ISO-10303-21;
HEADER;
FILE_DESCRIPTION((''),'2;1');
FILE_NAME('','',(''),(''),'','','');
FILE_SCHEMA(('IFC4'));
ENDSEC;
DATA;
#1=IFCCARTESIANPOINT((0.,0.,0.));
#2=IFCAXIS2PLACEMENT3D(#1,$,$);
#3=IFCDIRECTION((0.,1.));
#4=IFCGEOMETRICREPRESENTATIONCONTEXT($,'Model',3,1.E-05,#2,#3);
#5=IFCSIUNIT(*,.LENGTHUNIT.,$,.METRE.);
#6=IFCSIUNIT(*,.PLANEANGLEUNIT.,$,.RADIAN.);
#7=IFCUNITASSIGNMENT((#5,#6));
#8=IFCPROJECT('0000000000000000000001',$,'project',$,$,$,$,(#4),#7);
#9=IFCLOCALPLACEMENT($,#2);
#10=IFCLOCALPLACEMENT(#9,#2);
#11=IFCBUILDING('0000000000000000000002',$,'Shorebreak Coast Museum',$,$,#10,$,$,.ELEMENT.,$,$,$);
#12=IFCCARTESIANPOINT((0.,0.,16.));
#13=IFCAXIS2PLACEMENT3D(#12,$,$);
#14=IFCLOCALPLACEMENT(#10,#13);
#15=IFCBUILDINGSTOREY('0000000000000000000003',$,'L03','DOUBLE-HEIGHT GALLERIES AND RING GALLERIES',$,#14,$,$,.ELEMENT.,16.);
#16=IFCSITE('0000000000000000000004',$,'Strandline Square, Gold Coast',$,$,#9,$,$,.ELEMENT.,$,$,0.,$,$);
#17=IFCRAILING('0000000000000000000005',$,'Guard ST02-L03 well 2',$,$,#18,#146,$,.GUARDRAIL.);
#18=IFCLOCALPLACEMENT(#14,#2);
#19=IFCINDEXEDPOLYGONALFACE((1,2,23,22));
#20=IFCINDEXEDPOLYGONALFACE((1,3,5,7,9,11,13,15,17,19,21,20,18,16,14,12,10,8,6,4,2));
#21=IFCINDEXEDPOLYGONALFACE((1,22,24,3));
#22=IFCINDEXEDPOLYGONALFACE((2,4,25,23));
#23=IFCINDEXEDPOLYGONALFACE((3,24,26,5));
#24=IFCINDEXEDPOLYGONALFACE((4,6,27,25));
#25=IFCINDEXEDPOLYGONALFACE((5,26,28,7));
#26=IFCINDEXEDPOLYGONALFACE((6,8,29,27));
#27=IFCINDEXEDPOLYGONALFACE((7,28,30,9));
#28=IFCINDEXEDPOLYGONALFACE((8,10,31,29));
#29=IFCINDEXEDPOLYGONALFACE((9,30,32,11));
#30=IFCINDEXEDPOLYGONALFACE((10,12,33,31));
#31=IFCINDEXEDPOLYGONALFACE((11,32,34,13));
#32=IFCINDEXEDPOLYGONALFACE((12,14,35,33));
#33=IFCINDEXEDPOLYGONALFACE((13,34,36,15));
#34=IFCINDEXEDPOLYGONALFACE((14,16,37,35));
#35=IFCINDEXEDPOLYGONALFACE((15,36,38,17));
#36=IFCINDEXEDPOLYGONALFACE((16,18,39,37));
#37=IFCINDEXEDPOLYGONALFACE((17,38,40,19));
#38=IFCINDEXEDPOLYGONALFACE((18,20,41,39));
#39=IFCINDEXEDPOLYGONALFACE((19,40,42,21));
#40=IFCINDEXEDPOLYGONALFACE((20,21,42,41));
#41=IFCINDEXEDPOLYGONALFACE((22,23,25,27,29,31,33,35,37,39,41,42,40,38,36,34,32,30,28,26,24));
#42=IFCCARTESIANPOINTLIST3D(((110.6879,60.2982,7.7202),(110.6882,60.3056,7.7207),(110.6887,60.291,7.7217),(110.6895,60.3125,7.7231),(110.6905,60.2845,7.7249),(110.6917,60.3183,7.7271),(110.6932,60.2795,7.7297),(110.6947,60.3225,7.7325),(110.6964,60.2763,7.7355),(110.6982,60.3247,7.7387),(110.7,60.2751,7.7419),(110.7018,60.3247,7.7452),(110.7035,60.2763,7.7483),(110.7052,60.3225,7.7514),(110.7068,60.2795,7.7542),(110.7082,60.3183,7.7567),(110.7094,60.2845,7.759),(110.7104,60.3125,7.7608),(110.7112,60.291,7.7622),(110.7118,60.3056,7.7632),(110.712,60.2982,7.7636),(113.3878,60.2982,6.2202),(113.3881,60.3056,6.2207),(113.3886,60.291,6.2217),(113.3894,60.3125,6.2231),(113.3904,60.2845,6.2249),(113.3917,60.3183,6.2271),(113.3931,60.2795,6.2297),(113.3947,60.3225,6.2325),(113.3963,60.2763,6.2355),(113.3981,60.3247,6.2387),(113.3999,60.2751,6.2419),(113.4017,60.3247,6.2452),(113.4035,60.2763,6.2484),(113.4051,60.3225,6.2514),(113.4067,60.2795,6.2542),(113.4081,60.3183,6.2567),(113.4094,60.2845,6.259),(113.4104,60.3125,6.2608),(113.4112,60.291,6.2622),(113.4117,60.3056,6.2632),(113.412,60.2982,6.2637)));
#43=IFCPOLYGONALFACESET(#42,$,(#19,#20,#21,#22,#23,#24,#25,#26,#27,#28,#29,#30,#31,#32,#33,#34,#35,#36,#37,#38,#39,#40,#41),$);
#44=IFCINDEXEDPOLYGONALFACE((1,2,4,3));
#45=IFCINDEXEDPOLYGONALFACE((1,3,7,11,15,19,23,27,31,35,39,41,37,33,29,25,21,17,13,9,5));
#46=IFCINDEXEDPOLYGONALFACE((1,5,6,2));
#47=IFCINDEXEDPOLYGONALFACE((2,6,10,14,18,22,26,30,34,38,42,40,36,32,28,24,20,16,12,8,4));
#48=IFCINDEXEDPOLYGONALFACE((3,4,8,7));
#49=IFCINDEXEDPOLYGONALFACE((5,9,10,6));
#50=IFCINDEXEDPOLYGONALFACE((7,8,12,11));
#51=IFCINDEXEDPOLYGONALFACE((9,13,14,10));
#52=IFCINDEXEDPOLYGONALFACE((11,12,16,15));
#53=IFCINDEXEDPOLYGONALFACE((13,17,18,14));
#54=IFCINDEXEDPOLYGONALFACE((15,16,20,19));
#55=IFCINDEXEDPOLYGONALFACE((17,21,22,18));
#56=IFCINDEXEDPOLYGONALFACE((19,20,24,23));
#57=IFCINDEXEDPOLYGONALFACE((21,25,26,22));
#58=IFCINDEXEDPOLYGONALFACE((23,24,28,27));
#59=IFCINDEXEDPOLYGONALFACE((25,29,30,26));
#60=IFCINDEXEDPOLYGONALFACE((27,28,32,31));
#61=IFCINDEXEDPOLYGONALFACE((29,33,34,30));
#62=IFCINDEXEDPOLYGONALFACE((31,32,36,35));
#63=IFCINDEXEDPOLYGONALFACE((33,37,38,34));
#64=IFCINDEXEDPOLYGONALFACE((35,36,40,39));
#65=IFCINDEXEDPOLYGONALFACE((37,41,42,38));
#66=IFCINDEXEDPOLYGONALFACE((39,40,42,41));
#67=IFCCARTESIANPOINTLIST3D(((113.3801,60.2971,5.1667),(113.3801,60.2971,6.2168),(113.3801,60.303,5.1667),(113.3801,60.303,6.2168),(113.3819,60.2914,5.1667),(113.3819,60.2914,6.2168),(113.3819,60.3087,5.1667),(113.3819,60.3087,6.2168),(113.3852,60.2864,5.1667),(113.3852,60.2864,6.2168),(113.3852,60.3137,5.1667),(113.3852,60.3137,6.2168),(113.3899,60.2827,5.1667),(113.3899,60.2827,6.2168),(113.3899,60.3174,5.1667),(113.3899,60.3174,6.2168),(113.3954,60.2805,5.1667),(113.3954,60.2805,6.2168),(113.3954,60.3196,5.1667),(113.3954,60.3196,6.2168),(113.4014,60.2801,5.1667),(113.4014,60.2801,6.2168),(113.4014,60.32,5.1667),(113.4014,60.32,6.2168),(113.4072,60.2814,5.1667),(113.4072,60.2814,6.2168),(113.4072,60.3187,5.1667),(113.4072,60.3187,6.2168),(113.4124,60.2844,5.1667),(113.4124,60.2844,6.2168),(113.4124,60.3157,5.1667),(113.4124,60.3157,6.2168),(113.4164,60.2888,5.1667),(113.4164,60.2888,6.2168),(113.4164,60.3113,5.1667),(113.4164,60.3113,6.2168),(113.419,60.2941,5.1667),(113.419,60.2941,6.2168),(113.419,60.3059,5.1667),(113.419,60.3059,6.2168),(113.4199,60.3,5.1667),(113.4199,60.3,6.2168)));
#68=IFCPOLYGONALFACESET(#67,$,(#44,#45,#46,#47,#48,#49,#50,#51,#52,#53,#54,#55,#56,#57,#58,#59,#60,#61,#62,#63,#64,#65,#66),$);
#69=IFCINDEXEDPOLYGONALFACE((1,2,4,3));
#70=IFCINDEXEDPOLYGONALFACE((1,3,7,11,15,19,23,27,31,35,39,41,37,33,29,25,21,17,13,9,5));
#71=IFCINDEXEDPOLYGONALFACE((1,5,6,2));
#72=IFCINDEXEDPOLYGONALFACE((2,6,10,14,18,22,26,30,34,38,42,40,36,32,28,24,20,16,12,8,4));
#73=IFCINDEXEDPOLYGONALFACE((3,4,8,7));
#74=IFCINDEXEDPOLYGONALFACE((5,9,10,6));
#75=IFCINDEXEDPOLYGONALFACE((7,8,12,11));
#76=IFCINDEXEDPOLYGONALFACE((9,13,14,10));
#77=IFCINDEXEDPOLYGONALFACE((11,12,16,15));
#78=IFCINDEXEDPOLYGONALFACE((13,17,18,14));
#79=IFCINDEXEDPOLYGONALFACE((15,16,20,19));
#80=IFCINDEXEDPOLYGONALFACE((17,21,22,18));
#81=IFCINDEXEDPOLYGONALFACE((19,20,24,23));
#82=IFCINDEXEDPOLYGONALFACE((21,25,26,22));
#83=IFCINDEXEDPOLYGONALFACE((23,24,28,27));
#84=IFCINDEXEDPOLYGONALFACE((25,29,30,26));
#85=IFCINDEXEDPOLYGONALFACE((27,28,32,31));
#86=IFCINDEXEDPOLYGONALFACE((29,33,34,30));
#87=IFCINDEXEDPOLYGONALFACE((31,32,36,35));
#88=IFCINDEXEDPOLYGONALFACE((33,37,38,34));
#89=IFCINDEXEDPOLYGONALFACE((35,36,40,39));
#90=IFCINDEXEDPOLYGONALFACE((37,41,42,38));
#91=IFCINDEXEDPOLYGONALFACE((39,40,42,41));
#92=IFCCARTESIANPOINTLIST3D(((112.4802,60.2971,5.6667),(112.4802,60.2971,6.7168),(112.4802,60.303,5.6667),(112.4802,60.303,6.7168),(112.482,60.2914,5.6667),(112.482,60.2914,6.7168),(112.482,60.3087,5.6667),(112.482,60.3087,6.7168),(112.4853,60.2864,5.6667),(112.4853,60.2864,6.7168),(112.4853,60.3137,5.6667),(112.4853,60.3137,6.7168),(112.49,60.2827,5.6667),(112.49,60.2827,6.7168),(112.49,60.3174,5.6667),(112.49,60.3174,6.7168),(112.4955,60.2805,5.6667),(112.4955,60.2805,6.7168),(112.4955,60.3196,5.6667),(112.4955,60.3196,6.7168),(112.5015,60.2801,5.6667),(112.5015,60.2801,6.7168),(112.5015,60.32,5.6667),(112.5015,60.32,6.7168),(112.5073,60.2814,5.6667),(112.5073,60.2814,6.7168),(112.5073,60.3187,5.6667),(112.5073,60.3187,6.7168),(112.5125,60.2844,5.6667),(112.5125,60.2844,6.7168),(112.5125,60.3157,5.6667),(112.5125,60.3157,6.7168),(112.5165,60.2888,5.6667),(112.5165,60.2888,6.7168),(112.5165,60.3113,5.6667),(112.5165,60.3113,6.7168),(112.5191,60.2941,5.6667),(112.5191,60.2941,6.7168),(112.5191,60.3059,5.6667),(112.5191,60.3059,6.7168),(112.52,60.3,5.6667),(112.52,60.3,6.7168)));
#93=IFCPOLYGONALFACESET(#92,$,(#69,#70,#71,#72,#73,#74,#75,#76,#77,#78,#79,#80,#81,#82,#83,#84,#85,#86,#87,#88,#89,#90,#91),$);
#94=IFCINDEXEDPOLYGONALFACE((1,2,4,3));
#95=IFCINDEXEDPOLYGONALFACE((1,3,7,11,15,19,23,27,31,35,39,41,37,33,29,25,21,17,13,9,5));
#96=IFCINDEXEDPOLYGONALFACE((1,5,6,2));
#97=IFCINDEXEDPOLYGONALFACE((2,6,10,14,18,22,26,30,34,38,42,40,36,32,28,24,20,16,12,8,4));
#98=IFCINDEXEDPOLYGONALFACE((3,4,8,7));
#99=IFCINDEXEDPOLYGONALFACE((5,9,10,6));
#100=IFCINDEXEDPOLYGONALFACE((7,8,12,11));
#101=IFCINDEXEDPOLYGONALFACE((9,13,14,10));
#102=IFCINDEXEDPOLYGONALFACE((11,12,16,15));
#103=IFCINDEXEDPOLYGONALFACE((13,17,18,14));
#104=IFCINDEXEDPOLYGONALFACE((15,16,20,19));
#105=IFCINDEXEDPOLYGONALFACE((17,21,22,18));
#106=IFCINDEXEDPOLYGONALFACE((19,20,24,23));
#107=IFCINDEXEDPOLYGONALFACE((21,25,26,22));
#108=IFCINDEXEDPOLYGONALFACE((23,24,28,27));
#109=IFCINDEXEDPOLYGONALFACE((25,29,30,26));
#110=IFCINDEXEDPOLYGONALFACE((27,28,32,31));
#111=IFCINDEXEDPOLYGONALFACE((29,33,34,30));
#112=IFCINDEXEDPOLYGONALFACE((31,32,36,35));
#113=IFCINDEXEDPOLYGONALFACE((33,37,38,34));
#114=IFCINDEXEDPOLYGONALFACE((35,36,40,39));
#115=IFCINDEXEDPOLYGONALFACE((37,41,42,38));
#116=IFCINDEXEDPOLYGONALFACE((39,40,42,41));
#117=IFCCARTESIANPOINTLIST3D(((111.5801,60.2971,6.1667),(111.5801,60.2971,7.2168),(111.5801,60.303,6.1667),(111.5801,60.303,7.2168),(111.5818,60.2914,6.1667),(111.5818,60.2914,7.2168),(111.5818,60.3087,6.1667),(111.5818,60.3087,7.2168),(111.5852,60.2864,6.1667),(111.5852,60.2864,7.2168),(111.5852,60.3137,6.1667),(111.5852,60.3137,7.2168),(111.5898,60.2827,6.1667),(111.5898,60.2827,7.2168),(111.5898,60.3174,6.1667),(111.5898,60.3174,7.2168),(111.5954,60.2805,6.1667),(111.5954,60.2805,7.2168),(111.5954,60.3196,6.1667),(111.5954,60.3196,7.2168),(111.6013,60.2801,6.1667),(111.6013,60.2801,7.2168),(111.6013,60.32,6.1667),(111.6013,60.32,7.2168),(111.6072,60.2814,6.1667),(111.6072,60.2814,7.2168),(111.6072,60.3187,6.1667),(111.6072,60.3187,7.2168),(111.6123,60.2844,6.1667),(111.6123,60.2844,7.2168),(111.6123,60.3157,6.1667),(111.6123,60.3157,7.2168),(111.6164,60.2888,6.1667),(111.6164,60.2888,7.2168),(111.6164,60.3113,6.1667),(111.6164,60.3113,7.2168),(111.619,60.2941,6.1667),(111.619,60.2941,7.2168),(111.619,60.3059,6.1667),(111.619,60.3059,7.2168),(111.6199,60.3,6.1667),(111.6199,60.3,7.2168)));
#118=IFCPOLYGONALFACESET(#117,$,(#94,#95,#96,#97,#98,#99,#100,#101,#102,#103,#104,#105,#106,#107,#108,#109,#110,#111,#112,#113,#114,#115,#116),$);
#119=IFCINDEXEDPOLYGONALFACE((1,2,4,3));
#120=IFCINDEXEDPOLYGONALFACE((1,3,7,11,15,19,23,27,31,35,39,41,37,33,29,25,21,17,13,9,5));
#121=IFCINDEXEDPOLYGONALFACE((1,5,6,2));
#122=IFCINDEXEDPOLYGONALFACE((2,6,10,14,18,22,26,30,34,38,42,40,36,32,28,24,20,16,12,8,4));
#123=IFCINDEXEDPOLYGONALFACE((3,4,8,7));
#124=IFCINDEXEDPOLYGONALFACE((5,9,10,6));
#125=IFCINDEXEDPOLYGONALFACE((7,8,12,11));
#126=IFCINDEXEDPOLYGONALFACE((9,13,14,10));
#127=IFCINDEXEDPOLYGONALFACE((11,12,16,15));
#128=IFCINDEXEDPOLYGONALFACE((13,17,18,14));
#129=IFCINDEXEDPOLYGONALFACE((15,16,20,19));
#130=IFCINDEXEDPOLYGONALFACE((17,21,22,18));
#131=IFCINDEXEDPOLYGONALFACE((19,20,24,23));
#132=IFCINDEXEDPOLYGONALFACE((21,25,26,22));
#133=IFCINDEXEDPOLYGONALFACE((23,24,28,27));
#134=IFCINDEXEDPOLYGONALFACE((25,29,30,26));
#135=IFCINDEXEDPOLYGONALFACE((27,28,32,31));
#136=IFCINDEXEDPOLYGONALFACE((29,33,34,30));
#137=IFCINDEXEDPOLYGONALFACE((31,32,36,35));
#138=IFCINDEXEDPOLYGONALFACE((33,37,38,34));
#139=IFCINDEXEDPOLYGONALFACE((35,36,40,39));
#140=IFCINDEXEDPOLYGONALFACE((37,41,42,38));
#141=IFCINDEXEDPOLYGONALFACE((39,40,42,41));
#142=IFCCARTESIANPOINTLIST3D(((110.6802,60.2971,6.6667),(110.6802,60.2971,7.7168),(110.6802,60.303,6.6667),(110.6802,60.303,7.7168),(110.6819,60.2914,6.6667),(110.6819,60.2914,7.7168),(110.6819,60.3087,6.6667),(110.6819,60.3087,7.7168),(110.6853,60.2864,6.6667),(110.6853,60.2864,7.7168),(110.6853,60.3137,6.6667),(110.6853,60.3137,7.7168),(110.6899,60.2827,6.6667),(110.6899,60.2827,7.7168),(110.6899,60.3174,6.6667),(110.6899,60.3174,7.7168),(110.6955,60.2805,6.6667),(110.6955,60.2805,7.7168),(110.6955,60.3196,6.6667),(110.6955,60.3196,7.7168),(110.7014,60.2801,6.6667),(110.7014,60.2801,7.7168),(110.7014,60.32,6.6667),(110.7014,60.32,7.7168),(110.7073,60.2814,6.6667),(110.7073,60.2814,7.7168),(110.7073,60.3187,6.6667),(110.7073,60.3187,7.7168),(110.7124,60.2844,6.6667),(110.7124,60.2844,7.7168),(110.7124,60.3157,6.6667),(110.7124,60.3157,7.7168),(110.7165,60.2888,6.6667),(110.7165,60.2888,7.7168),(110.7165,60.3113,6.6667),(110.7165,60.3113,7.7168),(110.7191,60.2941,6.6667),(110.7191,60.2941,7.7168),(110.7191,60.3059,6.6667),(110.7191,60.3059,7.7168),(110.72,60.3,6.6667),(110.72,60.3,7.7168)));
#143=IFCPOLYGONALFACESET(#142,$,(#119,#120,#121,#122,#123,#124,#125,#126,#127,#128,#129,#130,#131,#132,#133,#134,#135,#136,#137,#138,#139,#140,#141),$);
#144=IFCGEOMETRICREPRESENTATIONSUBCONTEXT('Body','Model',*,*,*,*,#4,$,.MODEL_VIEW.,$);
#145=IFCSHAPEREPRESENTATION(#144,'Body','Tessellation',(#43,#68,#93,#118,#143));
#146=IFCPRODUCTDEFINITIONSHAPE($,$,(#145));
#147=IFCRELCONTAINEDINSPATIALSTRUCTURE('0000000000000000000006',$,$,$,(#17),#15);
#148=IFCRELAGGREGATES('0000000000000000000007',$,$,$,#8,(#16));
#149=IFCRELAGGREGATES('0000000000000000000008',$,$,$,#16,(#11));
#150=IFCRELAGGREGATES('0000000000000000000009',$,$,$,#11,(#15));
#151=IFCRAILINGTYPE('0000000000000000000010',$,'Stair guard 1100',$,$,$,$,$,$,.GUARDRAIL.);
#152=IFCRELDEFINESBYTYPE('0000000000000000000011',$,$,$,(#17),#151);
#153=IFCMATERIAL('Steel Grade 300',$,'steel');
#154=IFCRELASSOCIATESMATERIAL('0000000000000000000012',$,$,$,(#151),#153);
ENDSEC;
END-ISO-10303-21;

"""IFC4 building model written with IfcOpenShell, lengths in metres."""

from ifc_helpers import new_model, si_unit, direction, frame, origin, origin_2d, place, context, subcontext, project, spatial, circle, extrude, material, type_object, element, save


model = new_model("IFC4")

# Units and contexts
model_context = context("Model", 3, precision=1e-05, world=origin(), true_north=direction((0.0, 1.0)))
body_context = subcontext(model_context, "Body", "Model", "MODEL_VIEW")
ifc_project = project(units=[si_unit("LENGTHUNIT", "METRE"), si_unit("PLANEANGLEUNIT", "RADIAN")], contexts=[model_context])

# Site, building, storey
site_placement = place(None, origin())
site = spatial("IfcSite", under=ifc_project, at=site_placement, Name="Strandline Square, Gold Coast", CompositionType="ELEMENT", RefElevation=0.0)
building_placement = place(site_placement, origin())
building = spatial("IfcBuilding", under=site, at=building_placement, Name="Shorebreak Coast Museum", CompositionType="ELEMENT")
storey_placement = place(building_placement, frame((0.0, 0.0, 16.0)))
storey = spatial("IfcBuildingStorey", under=building, at=storey_placement, Name="L03", Description="DOUBLE-HEIGHT GALLERIES AND RING GALLERIES", CompositionType="ELEMENT", Elevation=16.0)

# Railing
ifc_material_1 = material(Name="Steel Grade 300", Category="steel")
railing_type_1 = type_object("IfcRailingType", Name="Stair guard 1100", PredefinedType="GUARDRAIL", material=ifc_material_1)
railing_1_placement = place(storey_placement, frame((113.3999, 60.3, 5.1667)))
element("IfcRailing", 1, at=railing_1_placement, inside=storey, type_object=railing_type_1, Name="Guard ST02-L03 well 2", PredefinedType="GUARDRAIL", context=body_context, shape_type="SweptSolid", body=[
    extrude(circle(Radius=0.0249, at=origin_2d()), frame((0.0, 0.0, 1.0752), z_axis=(-0.874154, 0.0, 0.48565), x_axis=(0.0, -1.0, 0.0)), (0.0, 0.0, 1.0), 3.0886),
    extrude(circle(Radius=0.02, at=origin_2d()), origin(), (0.0, 0.0, 1.0), 1.05),
    extrude(circle(Radius=0.02, at=origin_2d()), frame((-0.8999, 0.0, 0.5)), (0.0, 0.0, 1.0), 1.05),
    extrude(circle(Radius=0.02, at=origin_2d()), frame((-1.8, 0.0, 1.0)), (0.0, 0.0, 1.0), 1.05),
    extrude(circle(Radius=0.02, at=origin_2d()), frame((-2.7, 0.0, 1.5)), (0.0, 0.0, 1.0), 1.05),
])

save(model, "model.ifc")
